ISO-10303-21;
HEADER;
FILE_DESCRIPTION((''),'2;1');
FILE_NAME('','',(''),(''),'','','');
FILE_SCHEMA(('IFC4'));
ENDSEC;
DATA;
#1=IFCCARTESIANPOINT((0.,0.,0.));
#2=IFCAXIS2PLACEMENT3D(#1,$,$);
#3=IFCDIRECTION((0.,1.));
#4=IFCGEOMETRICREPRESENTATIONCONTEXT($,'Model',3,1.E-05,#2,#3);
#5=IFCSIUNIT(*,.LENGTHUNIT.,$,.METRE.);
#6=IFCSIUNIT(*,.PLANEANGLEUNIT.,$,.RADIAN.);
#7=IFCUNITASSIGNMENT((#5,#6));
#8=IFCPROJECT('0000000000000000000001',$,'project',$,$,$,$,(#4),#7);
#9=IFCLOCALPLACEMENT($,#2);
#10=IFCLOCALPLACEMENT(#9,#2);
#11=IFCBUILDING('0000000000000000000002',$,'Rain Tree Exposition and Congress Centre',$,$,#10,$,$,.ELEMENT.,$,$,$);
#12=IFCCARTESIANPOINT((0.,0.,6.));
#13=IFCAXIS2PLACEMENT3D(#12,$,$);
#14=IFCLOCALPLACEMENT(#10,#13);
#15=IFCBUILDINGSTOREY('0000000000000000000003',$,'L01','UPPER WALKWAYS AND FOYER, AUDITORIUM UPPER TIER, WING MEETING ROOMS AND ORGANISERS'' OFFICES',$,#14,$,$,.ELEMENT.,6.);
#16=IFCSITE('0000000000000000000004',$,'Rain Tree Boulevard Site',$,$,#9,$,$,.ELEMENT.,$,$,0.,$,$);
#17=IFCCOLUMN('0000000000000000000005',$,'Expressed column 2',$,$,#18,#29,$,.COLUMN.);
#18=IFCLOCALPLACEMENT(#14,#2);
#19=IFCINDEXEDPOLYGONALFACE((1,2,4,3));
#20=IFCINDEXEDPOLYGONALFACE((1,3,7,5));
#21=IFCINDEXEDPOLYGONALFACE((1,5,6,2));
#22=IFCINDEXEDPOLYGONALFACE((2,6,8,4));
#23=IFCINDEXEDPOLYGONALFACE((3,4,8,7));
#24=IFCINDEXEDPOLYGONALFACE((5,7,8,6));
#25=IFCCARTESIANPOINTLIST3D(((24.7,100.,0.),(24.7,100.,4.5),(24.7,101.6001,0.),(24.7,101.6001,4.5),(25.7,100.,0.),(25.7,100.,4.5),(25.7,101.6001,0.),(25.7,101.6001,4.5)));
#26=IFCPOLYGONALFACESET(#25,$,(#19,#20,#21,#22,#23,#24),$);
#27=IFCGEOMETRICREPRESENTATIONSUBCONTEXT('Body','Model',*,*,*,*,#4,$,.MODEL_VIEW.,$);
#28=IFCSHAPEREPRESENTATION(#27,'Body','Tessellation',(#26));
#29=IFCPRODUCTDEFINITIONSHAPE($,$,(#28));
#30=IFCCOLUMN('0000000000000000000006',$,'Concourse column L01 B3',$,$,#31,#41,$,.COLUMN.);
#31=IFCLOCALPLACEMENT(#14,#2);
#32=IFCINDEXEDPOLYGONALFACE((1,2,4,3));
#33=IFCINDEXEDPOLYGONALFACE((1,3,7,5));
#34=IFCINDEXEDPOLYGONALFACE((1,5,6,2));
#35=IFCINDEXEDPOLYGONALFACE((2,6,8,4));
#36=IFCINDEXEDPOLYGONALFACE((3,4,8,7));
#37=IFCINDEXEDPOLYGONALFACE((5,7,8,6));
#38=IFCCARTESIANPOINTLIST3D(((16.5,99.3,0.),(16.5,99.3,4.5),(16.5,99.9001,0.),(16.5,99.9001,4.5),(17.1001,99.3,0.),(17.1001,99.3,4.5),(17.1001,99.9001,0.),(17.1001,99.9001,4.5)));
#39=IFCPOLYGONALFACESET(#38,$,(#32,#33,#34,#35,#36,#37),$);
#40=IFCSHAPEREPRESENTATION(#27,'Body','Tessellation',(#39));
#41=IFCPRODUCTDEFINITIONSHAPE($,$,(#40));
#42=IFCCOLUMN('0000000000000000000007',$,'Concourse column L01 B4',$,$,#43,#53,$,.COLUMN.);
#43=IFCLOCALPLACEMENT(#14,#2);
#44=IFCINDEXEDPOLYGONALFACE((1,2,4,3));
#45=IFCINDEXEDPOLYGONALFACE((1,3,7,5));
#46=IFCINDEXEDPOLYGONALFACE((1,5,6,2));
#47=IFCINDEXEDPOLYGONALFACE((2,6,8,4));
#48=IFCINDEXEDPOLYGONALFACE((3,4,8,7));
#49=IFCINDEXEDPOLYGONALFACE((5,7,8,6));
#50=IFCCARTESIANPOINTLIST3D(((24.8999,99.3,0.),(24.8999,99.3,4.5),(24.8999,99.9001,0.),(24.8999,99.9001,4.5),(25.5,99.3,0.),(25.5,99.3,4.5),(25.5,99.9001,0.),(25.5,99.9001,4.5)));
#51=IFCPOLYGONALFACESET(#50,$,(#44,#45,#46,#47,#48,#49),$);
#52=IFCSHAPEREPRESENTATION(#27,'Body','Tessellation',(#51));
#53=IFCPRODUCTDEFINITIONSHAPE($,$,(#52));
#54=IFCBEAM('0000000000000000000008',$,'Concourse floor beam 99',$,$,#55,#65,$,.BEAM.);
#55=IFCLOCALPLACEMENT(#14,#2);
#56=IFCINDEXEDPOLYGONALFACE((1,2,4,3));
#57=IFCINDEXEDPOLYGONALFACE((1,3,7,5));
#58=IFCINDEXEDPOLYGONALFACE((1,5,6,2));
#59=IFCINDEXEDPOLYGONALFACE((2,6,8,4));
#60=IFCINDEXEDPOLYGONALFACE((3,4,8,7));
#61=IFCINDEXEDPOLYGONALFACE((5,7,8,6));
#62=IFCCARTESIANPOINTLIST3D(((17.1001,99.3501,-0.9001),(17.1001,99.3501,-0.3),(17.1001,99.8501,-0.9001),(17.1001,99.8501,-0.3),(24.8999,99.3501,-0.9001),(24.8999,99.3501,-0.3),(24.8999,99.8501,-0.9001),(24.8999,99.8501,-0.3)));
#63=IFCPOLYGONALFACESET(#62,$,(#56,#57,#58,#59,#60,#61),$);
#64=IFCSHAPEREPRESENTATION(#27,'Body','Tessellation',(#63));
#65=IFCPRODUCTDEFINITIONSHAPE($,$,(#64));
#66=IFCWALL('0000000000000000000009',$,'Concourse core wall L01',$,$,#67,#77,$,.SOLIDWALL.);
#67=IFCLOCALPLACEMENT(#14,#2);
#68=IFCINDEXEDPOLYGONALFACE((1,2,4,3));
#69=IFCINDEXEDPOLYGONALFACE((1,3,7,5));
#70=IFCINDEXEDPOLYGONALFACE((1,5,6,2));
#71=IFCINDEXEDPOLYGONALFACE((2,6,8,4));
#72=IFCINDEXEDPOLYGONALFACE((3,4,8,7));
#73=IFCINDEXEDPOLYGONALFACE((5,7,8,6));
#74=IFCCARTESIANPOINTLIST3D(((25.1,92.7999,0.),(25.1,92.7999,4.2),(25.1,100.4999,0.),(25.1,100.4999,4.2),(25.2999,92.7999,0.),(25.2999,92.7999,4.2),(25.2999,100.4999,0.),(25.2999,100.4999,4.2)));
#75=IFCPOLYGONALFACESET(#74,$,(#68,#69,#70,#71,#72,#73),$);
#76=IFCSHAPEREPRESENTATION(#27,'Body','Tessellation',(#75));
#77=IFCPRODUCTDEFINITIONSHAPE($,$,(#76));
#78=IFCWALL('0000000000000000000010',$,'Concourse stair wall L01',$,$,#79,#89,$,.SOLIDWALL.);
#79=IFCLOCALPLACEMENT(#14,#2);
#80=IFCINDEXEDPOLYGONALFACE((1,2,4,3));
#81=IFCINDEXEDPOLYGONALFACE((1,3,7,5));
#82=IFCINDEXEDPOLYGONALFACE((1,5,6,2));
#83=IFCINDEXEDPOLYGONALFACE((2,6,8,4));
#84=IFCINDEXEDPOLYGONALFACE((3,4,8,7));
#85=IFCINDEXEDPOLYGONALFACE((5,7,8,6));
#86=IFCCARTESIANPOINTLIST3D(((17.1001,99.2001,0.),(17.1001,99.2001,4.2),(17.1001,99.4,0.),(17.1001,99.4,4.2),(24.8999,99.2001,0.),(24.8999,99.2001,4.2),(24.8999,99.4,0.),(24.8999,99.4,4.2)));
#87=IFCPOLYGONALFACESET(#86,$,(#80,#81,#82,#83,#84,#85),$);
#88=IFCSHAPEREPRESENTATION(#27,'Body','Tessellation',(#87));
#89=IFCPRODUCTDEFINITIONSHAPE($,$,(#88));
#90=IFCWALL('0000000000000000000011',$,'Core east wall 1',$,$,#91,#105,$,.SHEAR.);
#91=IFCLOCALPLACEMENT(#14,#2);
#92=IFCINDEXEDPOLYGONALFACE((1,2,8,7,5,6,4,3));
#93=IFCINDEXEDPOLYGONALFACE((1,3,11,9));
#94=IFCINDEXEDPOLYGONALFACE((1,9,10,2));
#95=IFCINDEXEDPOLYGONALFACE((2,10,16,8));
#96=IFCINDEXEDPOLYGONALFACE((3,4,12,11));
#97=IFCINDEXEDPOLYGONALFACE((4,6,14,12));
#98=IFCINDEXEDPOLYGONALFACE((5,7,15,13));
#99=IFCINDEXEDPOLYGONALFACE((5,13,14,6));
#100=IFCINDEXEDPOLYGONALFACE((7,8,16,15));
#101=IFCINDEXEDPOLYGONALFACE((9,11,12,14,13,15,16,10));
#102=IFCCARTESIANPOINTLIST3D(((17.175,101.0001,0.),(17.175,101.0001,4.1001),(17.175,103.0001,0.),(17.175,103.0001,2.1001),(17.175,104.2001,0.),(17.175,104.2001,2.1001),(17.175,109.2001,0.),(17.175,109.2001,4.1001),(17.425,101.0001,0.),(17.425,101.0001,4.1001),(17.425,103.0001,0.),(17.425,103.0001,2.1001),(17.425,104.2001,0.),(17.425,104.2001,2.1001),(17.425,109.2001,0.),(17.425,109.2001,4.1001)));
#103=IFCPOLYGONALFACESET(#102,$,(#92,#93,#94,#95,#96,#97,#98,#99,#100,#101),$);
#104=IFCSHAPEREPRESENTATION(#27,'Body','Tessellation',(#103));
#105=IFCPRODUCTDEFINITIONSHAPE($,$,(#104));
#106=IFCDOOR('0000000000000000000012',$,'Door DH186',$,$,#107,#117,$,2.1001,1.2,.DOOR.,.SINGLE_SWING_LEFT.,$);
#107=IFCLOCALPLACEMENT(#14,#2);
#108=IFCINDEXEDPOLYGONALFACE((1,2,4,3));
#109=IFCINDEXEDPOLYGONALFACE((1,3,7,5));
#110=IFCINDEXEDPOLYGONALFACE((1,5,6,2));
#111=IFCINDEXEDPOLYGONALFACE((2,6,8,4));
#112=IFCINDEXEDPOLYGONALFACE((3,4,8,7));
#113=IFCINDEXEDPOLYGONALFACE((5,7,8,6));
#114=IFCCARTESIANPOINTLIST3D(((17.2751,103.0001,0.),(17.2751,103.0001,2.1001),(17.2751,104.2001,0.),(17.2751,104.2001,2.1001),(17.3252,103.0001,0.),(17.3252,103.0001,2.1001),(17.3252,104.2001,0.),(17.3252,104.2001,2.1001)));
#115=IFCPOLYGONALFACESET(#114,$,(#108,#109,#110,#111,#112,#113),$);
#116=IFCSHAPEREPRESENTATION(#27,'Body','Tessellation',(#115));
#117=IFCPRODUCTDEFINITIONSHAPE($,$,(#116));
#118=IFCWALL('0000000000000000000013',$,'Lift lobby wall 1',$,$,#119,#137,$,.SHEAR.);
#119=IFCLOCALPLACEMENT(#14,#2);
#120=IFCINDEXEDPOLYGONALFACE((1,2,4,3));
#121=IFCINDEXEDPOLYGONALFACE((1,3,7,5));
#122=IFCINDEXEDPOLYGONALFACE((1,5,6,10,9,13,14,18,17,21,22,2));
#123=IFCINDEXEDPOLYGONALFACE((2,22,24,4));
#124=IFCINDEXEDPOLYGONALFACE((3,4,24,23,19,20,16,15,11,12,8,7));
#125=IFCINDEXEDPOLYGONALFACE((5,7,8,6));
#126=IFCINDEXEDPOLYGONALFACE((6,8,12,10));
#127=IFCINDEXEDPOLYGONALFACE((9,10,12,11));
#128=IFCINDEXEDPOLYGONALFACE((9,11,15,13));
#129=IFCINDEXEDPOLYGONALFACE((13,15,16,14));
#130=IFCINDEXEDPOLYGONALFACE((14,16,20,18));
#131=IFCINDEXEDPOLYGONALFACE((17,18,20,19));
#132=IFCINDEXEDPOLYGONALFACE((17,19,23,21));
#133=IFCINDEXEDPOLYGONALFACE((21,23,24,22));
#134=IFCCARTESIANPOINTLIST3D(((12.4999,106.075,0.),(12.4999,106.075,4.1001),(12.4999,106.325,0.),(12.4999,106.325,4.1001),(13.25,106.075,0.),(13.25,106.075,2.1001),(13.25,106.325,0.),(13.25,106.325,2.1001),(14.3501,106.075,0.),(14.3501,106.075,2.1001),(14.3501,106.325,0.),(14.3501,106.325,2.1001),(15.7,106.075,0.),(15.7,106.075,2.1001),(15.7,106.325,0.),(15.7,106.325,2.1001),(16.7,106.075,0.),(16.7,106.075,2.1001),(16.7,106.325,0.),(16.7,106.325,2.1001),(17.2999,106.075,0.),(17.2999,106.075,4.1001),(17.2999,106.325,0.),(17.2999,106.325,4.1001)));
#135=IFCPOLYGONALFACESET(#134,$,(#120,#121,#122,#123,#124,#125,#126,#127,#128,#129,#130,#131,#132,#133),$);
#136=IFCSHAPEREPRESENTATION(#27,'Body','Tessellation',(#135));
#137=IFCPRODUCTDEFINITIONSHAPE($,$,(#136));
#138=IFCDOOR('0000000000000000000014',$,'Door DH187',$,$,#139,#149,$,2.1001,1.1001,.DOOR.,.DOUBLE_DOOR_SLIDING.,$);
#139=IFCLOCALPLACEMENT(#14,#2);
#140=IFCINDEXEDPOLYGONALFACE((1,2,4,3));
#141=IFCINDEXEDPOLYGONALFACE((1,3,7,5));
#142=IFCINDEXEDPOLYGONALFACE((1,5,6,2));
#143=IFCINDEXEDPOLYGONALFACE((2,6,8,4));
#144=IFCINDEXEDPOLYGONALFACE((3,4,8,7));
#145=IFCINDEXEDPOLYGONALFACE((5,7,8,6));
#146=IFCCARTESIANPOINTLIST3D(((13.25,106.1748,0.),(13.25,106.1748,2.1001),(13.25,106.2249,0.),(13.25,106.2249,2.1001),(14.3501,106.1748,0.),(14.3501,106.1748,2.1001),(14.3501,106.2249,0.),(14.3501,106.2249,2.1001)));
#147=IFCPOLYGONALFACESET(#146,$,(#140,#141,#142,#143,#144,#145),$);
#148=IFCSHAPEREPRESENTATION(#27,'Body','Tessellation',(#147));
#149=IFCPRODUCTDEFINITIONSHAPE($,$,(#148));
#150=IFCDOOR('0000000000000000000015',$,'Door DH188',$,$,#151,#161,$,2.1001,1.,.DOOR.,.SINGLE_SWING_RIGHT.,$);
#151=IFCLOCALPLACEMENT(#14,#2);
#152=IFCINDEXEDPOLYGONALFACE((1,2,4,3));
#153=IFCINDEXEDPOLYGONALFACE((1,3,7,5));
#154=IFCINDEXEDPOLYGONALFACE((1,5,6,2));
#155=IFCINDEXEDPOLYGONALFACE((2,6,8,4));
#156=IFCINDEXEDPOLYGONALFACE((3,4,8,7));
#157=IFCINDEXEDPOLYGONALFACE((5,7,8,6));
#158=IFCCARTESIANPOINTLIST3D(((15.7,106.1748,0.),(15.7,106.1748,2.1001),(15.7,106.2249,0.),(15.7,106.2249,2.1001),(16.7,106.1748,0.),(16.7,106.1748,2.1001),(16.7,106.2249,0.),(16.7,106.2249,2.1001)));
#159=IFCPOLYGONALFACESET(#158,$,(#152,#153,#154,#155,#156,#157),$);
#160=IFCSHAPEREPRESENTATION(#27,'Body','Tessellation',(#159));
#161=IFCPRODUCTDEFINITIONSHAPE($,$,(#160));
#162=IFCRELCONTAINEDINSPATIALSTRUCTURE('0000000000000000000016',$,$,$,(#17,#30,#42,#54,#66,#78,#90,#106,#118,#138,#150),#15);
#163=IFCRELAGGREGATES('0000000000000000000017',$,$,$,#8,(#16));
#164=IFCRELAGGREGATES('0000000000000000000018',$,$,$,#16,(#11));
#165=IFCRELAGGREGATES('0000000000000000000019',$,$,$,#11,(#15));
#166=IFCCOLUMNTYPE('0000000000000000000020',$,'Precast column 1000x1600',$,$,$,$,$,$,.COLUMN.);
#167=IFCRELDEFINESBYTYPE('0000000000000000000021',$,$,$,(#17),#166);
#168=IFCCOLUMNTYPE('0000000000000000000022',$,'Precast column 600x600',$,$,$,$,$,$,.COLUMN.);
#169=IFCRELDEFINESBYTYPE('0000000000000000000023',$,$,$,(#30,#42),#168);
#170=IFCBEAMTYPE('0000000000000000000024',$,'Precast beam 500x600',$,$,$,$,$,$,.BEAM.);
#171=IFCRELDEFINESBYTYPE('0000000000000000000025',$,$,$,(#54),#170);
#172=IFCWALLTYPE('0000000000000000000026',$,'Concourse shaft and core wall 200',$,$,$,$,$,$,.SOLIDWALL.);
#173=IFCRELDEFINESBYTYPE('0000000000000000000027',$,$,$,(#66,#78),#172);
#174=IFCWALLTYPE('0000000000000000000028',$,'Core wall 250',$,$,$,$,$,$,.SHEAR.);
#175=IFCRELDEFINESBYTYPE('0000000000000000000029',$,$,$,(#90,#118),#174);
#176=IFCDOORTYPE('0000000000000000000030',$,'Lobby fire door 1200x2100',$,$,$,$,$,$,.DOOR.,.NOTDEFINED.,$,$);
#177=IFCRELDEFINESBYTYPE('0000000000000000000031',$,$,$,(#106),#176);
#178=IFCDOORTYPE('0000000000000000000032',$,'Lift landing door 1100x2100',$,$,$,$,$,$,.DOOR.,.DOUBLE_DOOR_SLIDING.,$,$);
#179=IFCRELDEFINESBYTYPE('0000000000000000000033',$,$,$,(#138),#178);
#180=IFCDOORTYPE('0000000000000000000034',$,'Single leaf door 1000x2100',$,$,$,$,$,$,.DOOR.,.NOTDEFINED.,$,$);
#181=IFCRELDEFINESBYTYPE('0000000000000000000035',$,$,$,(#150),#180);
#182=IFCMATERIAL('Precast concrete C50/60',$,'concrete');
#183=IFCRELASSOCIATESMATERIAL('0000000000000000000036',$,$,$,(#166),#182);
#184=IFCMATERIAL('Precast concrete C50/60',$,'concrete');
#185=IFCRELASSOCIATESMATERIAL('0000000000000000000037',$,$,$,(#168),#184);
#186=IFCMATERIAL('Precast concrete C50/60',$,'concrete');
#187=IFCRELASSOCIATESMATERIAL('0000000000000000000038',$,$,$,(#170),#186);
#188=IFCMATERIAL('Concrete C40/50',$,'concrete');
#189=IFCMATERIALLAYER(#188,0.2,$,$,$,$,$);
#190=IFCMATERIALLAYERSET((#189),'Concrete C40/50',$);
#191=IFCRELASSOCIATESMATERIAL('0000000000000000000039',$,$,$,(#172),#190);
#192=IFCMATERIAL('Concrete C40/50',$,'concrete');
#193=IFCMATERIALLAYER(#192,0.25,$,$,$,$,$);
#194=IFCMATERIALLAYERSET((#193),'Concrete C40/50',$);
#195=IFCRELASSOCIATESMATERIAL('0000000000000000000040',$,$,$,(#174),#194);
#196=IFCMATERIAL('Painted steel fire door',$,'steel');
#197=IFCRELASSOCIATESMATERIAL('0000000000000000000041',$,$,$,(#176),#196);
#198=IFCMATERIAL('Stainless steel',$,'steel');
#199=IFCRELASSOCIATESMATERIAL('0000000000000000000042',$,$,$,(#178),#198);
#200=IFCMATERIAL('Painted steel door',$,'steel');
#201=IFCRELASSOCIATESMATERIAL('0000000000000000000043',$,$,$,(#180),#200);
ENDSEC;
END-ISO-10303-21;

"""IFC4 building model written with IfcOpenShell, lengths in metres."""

from ifc_helpers import new_model, si_unit, direction, frame, frame_2d, origin, origin_2d, place, context, subcontext, project, spatial, rectangle, extrude, material, layer, layer_set, material_profile, profile_set, type_object, element, fill, save


model = new_model("IFC4")

# Units and contexts
model_context = context("Model", 3, precision=1e-05, world=origin(), true_north=direction((0.0, 1.0)))
body_context = subcontext(model_context, "Body", "Model", "MODEL_VIEW")
ifc_project = project(units=[si_unit("LENGTHUNIT", "METRE"), si_unit("PLANEANGLEUNIT", "RADIAN")], contexts=[model_context])

# Site, building, storey
site_placement = place(None, origin())
site = spatial("IfcSite", under=ifc_project, at=site_placement, Name="Rain Tree Boulevard Site", CompositionType="ELEMENT", RefElevation=0.0)
building_placement = place(site_placement, origin())
building = spatial("IfcBuilding", under=site, at=building_placement, Name="Rain Tree Exposition and Congress Centre", CompositionType="ELEMENT")
storey_placement = place(building_placement, frame((0.0, 0.0, 6.0)))
storey = spatial("IfcBuildingStorey", under=building, at=storey_placement, Name="L01", Description="UPPER WALKWAYS AND FOYER, AUDITORIUM UPPER TIER, WING MEETING ROOMS AND ORGANISERS' OFFICES", CompositionType="ELEMENT", Elevation=6.0)

# Columns
ifc_material_1 = material(Name="Precast concrete C50/60", Category="concrete")
ifc_material_profile_1 = material_profile(ifc_material_1, rectangle(XDim=1.0, YDim=1.6001, at=origin_2d()), Name="RC 1000x1600")
ifc_profile_set_1 = profile_set([ifc_material_profile_1], Name="Precast concrete C50/60")
column_type_1 = type_object("IfcColumnType", Name="Precast column 1000x1600", PredefinedType="COLUMN", material=ifc_profile_set_1)
column_placement = place(storey_placement, frame((25.2, 100.8, 0.0), z_axis=(0.0, 0.0, 1.0), x_axis=(1.0, 0.0, 0.0)))
element("IfcColumn", 1, at=column_placement, inside=storey, type_object=column_type_1, Name="Expressed column 2", PredefinedType="COLUMN", context=body_context, shape_type="SweptSolid", body=[
    extrude(rectangle(XDim=1.0, YDim=1.6001, at=origin_2d()), origin(), (0.0, 0.0, 1.0), 4.5),
])
ifc_material_2 = material(Name="Precast concrete C50/60", Category="concrete")
ifc_material_profile_2 = material_profile(ifc_material_2, rectangle(XDim=0.6001, YDim=0.6001, at=origin_2d()), Name="RC 600x600")
ifc_profile_set_2 = profile_set([ifc_material_profile_2], Name="Precast concrete C50/60")
column_type_2 = type_object("IfcColumnType", Name="Precast column 600x600", PredefinedType="COLUMN", material=ifc_profile_set_2)
for number, where, z_axis, x_axis, name in (
    (2, (16.8, 99.6001, 0.0), (0.0, 0.0, 1.0), (1.0, 0.0, 0.0), "Concourse column L01 B3"),
    (3, (25.2, 99.6001, 0.0), (0.0, 0.0, 1.0), (1.0, 0.0, 0.0), "Concourse column L01 B4"),
):
    element("IfcColumn", number, at=place(storey_placement, frame(where, z_axis=z_axis, x_axis=x_axis)), inside=storey, type_object=column_type_2, Name=name, PredefinedType="COLUMN", context=body_context, shape_type="SweptSolid", body=[
        extrude(rectangle(XDim=0.6001, YDim=0.6001, at=origin_2d()), origin(), (0.0, 0.0, 1.0), 4.5),
    ])

# Beam
ifc_material_3 = material(Name="Precast concrete C50/60", Category="concrete")
ifc_material_profile_3 = material_profile(ifc_material_3, rectangle(XDim=0.5, YDim=0.6001, at=origin_2d()), Name="RC 500x600")
ifc_profile_set_3 = profile_set([ifc_material_profile_3], Name="Precast concrete C50/60")
beam_type = type_object("IfcBeamType", Name="Precast beam 500x600", PredefinedType="BEAM", material=ifc_profile_set_3)
beam_placement = place(storey_placement, frame((17.1001, 99.6001, -0.6001), z_axis=(1.0, 0.0, 0.0), x_axis=(0.0, 1.0, 0.0)))
element("IfcBeam", 4, at=beam_placement, inside=storey, type_object=beam_type, Name="Concourse floor beam 99", PredefinedType="BEAM", context=body_context, shape_type="SweptSolid", body=[
    extrude(rectangle(XDim=0.5, YDim=0.6001, at=origin_2d()), origin(), (0.0, 0.0, 1.0), 7.7998),
])

# Shared definitions
ifc_material_4 = material(Name="Concrete C40/50", Category="concrete")
ifc_layer_1 = layer(ifc_material_4, 0.2)
ifc_layer_set_1 = layer_set([ifc_layer_1], Name="Concrete C40/50")
wall_type_1 = type_object("IfcWallType", Name="Concourse shaft and core wall 200", PredefinedType="SOLIDWALL", material=ifc_layer_set_1)

# Walls
wall_1_placement = place(storey_placement, frame((25.2, 100.5, 0.0), z_axis=(0.0, 0.0, 1.0), x_axis=(0.0, -1.0, 0.0)))
element("IfcWall", 5, at=wall_1_placement, inside=storey, type_object=wall_type_1, Name="Concourse core wall L01", PredefinedType="SOLIDWALL", context=body_context, shape_type="SweptSolid", body=[
    extrude(rectangle(XDim=7.7, YDim=0.2, at=frame_2d((3.8501, 0.0))), origin(), (0.0, 0.0, 1.0), 4.2),
])
wall_2_placement = place(storey_placement, frame((17.1001, 99.3, 0.0), z_axis=(0.0, 0.0, 1.0), x_axis=(1.0, 0.0, 0.0)))
element("IfcWall", 6, at=wall_2_placement, inside=storey, type_object=wall_type_1, Name="Concourse stair wall L01", PredefinedType="SOLIDWALL", context=body_context, shape_type="SweptSolid", body=[
    extrude(rectangle(XDim=7.7998, YDim=0.2, at=frame_2d((3.8999, 0.0))), origin(), (0.0, 0.0, 1.0), 4.2),
])

# Wall, opening, door
ifc_material_5 = material(Name="Concrete C40/50", Category="concrete")
ifc_layer_2 = layer(ifc_material_5, 0.25)
ifc_layer_set_2 = layer_set([ifc_layer_2], Name="Concrete C40/50")
wall_type_2 = type_object("IfcWallType", Name="Core wall 250", PredefinedType="SHEAR", material=ifc_layer_set_2)
wall_3_placement = place(storey_placement, frame((17.3, 101.0, 0.0), z_axis=(0.0, 0.0, 1.0), x_axis=(0.0, 1.0, 0.0)))
wall_3 = element("IfcWall", 7, at=wall_3_placement, inside=storey, type_object=wall_type_2, Name="Core east wall 1", PredefinedType="SHEAR", context=body_context, shape_type="SweptSolid", body=[
    extrude(rectangle(XDim=8.2, YDim=0.25, at=frame_2d((4.1001, 0.0))), origin(), (0.0, 0.0, 1.0), 4.1001),
])
opening_1_placement = place(wall_3_placement, frame((2.0, 0.0, 0.0)))
opening_1 = element("IfcOpeningElement", 8, at=opening_1_placement, cuts=wall_3, PredefinedType="OPENING", context=body_context, shape_type="SweptSolid", body=[
    extrude(rectangle(XDim=1.2, YDim=2.1001, at=frame_2d((0.6001, 1.05))), frame((0.0, 0.125, 0.0), z_axis=(0.0, -1.0, 0.0), x_axis=(1.0, 0.0, 0.0)), (0.0, 0.0, 1.0), 0.25),
])
ifc_material_6 = material(Name="Painted steel fire door", Category="steel")
door_type_1 = type_object("IfcDoorType", Name="Lobby fire door 1200x2100", OperationType="NOTDEFINED", PredefinedType="DOOR", material=ifc_material_6)
door_1_placement = place(opening_1_placement, origin())
door_1 = element("IfcDoor", 9, at=door_1_placement, inside=storey, type_object=door_type_1, Name="Door DH186", OperationType="SINGLE_SWING_LEFT", OverallHeight=2.1001, OverallWidth=1.2, PredefinedType="DOOR", context=body_context, shape_type="SweptSolid", body=[
    extrude(rectangle(XDim=1.2, YDim=2.1001, at=frame_2d((0.6001, 1.05))), frame((0.0, 0.0249, 0.0), z_axis=(0.0, -1.0, 0.0), x_axis=(1.0, 0.0, 0.0)), (0.0, 0.0, 1.0), 0.05),
])
fill(opening_1, door_1)

# Wall, openings, doors
wall_4_placement = place(storey_placement, frame((12.5, 106.2, 0.0), z_axis=(0.0, 0.0, 1.0), x_axis=(1.0, 0.0, 0.0)))
wall_4 = element("IfcWall", 10, at=wall_4_placement, inside=storey, type_object=wall_type_2, Name="Lift lobby wall 1", PredefinedType="SHEAR", context=body_context, shape_type="SweptSolid", body=[
    extrude(rectangle(XDim=4.8, YDim=0.25, at=frame_2d((2.3999, 0.0))), origin(), (0.0, 0.0, 1.0), 4.1001),
])
opening_2_placement = place(wall_4_placement, frame((0.75, 0.0, 0.0)))
opening_2 = element("IfcOpeningElement", 11, at=opening_2_placement, cuts=wall_4, PredefinedType="OPENING", context=body_context, shape_type="SweptSolid", body=[
    extrude(rectangle(XDim=1.1001, YDim=2.1001, at=frame_2d((0.55, 1.05))), frame((0.0, 0.125, 0.0), z_axis=(0.0, -1.0, 0.0), x_axis=(1.0, 0.0, 0.0)), (0.0, 0.0, 1.0), 0.25),
])
opening_3_placement = place(wall_4_placement, frame((3.2, 0.0, 0.0)))
opening_3 = element("IfcOpeningElement", 12, at=opening_3_placement, cuts=wall_4, PredefinedType="OPENING", context=body_context, shape_type="SweptSolid", body=[
    extrude(rectangle(XDim=1.0, YDim=2.1001, at=frame_2d((0.5, 1.05))), frame((0.0, 0.125, 0.0), z_axis=(0.0, -1.0, 0.0), x_axis=(1.0, 0.0, 0.0)), (0.0, 0.0, 1.0), 0.25),
])
ifc_material_7 = material(Name="Stainless steel", Category="steel")
door_type_2 = type_object("IfcDoorType", Name="Lift landing door 1100x2100", OperationType="DOUBLE_DOOR_SLIDING", PredefinedType="DOOR", material=ifc_material_7)
door_2_placement = place(opening_2_placement, origin())
door_2 = element("IfcDoor", 13, at=door_2_placement, inside=storey, type_object=door_type_2, Name="Door DH187", OperationType="DOUBLE_DOOR_SLIDING", OverallHeight=2.1001, OverallWidth=1.1001, PredefinedType="DOOR", context=body_context, shape_type="SweptSolid", body=[
    extrude(rectangle(XDim=1.1001, YDim=2.1001, at=frame_2d((0.55, 1.05))), frame((0.0, 0.0249, 0.0), z_axis=(0.0, -1.0, 0.0), x_axis=(1.0, 0.0, 0.0)), (0.0, 0.0, 1.0), 0.05),
])
fill(opening_2, door_2)
ifc_material_8 = material(Name="Painted steel door", Category="steel")
door_type_3 = type_object("IfcDoorType", Name="Single leaf door 1000x2100", OperationType="NOTDEFINED", PredefinedType="DOOR", material=ifc_material_8)
door_3_placement = place(opening_3_placement, origin())
door_3 = element("IfcDoor", 14, at=door_3_placement, inside=storey, type_object=door_type_3, Name="Door DH188", OperationType="SINGLE_SWING_RIGHT", OverallHeight=2.1001, OverallWidth=1.0, PredefinedType="DOOR", context=body_context, shape_type="SweptSolid", body=[
    extrude(rectangle(XDim=1.0, YDim=2.1001, at=frame_2d((0.5, 1.05))), frame((0.0, 0.0249, 0.0), z_axis=(0.0, -1.0, 0.0), x_axis=(1.0, 0.0, 0.0)), (0.0, 0.0, 1.0), 0.05),
])
fill(opening_3, door_3)

save(model, "model.ifc")
